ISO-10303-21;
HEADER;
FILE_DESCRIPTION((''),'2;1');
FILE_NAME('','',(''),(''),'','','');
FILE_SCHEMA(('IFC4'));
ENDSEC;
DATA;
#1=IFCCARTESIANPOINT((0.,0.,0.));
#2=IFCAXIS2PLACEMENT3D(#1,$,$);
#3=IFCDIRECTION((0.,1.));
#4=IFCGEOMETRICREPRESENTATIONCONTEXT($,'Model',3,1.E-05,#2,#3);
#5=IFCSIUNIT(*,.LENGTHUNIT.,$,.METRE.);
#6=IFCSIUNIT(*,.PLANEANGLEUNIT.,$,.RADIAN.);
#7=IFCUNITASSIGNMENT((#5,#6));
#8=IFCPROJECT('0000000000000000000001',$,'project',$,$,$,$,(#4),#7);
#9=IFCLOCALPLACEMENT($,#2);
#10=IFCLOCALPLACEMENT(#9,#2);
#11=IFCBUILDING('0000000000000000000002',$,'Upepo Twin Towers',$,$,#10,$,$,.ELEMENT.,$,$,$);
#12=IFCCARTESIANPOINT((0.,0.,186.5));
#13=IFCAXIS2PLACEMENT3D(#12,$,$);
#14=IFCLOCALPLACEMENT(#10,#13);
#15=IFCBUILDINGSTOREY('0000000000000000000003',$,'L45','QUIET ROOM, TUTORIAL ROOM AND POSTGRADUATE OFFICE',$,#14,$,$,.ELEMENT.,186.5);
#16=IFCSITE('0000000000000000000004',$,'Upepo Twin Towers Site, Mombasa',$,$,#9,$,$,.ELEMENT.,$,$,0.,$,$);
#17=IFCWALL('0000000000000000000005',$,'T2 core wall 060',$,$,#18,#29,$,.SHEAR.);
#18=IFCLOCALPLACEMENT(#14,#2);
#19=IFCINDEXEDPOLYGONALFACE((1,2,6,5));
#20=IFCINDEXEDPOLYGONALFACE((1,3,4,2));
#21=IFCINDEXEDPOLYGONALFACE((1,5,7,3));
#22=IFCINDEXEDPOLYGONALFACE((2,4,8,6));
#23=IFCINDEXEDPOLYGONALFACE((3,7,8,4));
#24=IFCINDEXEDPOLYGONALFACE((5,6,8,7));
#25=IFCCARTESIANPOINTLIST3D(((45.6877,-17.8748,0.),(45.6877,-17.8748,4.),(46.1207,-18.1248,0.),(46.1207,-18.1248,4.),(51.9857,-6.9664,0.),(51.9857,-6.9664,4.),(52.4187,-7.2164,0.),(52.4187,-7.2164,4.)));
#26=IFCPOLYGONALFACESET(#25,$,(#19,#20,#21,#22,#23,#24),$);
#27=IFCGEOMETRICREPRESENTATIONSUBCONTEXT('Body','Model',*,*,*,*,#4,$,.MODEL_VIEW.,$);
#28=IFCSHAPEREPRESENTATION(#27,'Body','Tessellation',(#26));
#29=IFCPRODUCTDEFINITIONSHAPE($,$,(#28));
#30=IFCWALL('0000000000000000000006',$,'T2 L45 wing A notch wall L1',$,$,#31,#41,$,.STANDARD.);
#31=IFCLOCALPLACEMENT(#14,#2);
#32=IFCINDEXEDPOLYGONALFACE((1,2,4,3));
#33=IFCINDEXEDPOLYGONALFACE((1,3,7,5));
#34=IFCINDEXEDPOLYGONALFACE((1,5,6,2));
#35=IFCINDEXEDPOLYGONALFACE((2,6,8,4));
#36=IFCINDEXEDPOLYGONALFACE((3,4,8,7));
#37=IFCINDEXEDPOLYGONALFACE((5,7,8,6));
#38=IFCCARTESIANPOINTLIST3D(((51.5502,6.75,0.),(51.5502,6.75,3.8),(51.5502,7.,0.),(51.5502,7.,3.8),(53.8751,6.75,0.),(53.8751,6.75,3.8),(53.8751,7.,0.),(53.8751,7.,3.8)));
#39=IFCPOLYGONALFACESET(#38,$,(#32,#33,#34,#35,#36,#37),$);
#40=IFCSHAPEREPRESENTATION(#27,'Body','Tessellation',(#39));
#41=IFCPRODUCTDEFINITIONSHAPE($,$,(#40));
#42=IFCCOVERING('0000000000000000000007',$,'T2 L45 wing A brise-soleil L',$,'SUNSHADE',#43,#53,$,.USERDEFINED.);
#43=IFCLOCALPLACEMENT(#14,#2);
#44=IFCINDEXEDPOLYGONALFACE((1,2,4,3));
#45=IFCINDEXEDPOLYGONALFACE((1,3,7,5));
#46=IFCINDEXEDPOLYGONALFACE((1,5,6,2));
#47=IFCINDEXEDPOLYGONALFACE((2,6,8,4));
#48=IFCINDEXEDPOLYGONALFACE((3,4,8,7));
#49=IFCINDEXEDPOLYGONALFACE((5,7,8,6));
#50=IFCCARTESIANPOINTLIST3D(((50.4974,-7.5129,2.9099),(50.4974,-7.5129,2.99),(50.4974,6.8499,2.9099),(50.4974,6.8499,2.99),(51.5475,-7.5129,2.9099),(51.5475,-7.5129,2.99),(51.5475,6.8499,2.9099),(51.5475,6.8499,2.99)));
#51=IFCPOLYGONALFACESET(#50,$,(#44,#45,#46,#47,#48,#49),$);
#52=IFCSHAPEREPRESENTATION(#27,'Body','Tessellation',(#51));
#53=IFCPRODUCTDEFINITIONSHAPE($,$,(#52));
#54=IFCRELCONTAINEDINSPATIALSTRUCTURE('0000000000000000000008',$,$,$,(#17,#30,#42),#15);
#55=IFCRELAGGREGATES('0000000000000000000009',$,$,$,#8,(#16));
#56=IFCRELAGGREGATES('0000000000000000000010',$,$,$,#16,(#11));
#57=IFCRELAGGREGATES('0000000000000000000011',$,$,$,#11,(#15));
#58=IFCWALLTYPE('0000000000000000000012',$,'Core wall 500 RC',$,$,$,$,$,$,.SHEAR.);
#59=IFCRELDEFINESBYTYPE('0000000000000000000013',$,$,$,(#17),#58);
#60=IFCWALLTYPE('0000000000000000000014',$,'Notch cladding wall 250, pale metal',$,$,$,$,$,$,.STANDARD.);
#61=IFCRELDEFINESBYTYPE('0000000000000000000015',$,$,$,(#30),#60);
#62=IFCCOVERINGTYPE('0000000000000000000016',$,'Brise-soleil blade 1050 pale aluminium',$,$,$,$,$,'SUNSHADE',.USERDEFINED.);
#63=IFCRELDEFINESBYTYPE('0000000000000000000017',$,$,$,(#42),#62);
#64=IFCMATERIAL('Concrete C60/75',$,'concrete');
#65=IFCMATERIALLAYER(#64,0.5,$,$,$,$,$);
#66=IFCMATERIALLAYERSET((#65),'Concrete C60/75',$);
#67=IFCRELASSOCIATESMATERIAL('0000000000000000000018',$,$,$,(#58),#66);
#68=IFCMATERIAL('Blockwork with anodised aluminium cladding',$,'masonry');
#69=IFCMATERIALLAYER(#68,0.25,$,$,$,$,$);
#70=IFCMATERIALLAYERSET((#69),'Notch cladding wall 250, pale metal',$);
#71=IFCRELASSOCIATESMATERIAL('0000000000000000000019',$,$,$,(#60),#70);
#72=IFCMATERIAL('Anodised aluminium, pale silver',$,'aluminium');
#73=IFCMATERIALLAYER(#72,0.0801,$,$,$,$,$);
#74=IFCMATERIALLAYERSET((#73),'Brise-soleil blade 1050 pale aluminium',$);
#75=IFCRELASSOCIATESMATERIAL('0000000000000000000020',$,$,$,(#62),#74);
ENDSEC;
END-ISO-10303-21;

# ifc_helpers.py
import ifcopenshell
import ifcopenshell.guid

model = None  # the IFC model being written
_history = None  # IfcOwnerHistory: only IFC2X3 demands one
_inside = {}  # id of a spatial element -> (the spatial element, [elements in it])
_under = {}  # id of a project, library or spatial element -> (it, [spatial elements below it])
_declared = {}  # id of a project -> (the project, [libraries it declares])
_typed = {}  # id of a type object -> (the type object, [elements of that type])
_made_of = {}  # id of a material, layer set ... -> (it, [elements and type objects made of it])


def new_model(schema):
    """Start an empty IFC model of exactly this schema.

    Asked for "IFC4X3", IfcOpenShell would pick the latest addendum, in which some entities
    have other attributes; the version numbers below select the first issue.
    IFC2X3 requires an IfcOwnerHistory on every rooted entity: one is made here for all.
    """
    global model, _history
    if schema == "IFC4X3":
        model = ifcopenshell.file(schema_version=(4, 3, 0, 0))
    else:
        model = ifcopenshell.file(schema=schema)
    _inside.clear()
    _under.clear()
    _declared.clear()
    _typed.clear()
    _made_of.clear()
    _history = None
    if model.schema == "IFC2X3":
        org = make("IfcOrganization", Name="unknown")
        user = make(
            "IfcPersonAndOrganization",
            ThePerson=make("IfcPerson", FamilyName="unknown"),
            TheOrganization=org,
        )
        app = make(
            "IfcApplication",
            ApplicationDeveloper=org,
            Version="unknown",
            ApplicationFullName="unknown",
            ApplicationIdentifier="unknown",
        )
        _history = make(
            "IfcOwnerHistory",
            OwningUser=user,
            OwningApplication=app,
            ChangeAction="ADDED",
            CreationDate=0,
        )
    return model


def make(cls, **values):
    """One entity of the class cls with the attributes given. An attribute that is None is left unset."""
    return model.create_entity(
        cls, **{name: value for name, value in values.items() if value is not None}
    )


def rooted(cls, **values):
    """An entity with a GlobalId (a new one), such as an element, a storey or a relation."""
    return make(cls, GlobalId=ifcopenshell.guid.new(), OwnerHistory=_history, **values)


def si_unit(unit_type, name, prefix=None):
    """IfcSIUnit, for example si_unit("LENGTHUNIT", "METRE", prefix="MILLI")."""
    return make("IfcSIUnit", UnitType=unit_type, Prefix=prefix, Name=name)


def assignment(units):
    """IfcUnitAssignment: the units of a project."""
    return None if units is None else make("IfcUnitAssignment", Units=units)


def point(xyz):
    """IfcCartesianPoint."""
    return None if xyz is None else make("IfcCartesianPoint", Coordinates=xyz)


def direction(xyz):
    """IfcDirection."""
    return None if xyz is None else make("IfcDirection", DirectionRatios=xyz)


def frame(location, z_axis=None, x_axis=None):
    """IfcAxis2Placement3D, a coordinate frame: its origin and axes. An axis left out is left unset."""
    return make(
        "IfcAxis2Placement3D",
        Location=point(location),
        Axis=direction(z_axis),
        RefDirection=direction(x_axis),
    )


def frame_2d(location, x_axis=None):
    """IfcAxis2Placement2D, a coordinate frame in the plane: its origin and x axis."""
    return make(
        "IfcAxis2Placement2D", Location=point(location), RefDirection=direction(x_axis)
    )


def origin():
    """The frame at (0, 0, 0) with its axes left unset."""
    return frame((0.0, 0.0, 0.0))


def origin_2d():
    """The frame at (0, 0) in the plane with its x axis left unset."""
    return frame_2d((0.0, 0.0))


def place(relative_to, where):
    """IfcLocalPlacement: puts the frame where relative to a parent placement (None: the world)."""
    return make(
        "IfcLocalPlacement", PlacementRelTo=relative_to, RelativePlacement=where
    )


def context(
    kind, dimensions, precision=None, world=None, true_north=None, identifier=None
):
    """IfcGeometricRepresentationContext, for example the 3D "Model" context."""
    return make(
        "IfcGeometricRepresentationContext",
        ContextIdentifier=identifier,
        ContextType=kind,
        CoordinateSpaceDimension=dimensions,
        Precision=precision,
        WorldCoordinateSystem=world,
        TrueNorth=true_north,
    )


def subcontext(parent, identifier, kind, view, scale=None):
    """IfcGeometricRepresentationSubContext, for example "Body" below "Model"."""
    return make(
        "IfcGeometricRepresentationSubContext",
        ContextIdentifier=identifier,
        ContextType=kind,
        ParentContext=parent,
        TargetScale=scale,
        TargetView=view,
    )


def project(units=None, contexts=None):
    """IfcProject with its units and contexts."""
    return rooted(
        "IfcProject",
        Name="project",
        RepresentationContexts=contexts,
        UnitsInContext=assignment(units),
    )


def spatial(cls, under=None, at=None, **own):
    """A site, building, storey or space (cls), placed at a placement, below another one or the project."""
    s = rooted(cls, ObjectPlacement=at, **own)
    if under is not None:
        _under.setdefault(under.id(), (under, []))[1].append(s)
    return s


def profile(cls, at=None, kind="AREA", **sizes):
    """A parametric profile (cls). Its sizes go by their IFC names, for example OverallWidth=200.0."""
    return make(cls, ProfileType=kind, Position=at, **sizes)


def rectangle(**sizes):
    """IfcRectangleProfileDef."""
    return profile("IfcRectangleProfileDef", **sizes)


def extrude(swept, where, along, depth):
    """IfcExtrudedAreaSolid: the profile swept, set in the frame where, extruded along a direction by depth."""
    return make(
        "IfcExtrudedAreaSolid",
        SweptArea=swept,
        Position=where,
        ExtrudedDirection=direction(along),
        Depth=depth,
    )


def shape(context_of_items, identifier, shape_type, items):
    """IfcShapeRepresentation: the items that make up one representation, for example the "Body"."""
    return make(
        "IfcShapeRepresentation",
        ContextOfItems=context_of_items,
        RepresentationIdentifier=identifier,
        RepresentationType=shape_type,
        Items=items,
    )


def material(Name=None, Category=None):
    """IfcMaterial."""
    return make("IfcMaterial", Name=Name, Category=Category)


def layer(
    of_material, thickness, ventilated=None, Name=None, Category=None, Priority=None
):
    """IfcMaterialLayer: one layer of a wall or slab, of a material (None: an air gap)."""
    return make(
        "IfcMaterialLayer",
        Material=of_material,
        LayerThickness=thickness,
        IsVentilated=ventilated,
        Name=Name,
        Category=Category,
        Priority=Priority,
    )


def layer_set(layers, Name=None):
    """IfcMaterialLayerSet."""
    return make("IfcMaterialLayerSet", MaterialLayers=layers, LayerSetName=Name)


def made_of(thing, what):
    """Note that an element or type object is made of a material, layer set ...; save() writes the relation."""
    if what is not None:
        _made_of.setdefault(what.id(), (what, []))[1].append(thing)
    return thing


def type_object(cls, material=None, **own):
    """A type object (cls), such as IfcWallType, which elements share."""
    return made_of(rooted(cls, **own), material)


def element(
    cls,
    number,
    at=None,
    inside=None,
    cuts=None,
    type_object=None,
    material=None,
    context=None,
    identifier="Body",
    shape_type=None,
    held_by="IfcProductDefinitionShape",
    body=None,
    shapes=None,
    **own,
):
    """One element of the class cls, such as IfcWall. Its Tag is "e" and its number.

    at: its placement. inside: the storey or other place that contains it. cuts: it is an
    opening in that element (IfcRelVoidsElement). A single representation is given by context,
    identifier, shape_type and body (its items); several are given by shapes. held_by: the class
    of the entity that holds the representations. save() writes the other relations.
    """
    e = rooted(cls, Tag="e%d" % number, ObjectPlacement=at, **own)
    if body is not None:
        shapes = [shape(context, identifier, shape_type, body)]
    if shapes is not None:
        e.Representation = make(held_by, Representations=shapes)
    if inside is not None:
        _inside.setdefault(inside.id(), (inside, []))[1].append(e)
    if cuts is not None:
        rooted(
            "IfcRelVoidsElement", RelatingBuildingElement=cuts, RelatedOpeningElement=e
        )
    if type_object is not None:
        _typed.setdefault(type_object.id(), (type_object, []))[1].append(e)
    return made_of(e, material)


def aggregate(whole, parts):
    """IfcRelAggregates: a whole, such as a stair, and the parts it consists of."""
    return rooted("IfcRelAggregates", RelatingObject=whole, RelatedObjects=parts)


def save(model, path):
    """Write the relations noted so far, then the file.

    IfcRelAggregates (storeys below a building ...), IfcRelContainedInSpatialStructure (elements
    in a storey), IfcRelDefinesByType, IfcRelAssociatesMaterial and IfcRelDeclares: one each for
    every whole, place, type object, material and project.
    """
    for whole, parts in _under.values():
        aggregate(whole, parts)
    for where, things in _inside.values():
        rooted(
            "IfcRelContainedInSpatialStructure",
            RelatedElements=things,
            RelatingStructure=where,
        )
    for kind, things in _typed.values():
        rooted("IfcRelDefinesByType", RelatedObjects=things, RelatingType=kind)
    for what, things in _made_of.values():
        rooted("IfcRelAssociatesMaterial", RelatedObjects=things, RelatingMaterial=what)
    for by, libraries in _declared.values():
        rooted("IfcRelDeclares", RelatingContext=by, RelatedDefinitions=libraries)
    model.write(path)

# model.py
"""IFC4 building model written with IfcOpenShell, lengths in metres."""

from ifc_helpers import new_model, si_unit, direction, frame, frame_2d, origin, origin_2d, place, context, subcontext, project, spatial, rectangle, extrude, material, layer, layer_set, type_object, element, save


model = new_model("IFC4")

# Units and contexts
model_context = context("Model", 3, precision=1e-05, world=origin(), true_north=direction((0.0, 1.0)))
body_context = subcontext(model_context, "Body", "Model", "MODEL_VIEW")
ifc_project = project(units=[si_unit("LENGTHUNIT", "METRE"), si_unit("PLANEANGLEUNIT", "RADIAN")], contexts=[model_context])

# Site, building, storey
site_placement = place(None, origin())
site = spatial("IfcSite", under=ifc_project, at=site_placement, Name="Upepo Twin Towers Site, Mombasa", CompositionType="ELEMENT", RefElevation=0.0)
building_placement = place(site_placement, origin())
building = spatial("IfcBuilding", under=site, at=building_placement, Name="Upepo Twin Towers", CompositionType="ELEMENT")
storey_placement = place(building_placement, frame((0.0, 0.0, 186.5)))
storey = spatial("IfcBuildingStorey", under=building, at=storey_placement, Name="L45", Description="QUIET ROOM, TUTORIAL ROOM AND POSTGRADUATE OFFICE", CompositionType="ELEMENT", Elevation=186.5)

# Walls
ifc_material_1 = material(Name="Concrete C60/75", Category="concrete")
ifc_layer_1 = layer(ifc_material_1, 0.5)
ifc_layer_set_1 = layer_set([ifc_layer_1], Name="Concrete C60/75")
wall_type_1 = type_object("IfcWallType", Name="Core wall 500 RC", PredefinedType="SHEAR", material=ifc_layer_set_1)
wall_1_placement = place(storey_placement, frame((52.2021, -7.0916, 0.0), z_axis=(0.0, 0.0, 1.0), x_axis=(-0.500006, -0.866022, 0.0)))
element("IfcWall", 1, at=wall_1_placement, inside=storey, type_object=wall_type_1, Name="T2 core wall 060", PredefinedType="SHEAR", context=body_context, shape_type="SweptSolid", body=[
    extrude(rectangle(XDim=12.5959, YDim=0.5, at=frame_2d((6.2979, 0.0))), origin(), (0.0, 0.0, 1.0), 4.0),
])
ifc_material_2 = material(Name="Blockwork with anodised aluminium cladding", Category="masonry")
ifc_layer_2 = layer(ifc_material_2, 0.25)
ifc_layer_set_2 = layer_set([ifc_layer_2], Name="Notch cladding wall 250, pale metal")
wall_type_2 = type_object("IfcWallType", Name="Notch cladding wall 250, pale metal", PredefinedType="STANDARD", material=ifc_layer_set_2)
wall_2_placement = place(storey_placement, frame((51.55, 6.875, 0.0), z_axis=(0.0, 0.0, 1.0), x_axis=(1.0, 0.0, 0.0)))
element("IfcWall", 2, at=wall_2_placement, inside=storey, type_object=wall_type_2, Name="T2 L45 wing A notch wall L1", PredefinedType="STANDARD", context=body_context, shape_type="SweptSolid", body=[
    extrude(rectangle(XDim=2.325, YDim=0.25, at=frame_2d((1.1626, 0.0))), origin(), (0.0, 0.0, 1.0), 3.8),
])

# Covering
ifc_material_3 = material(Name="Anodised aluminium, pale silver", Category="aluminium")
ifc_layer_3 = layer(ifc_material_3, 0.0801)
ifc_layer_set_3 = layer_set([ifc_layer_3], Name="Brise-soleil blade 1050 pale aluminium")
covering_type = type_object("IfcCoveringType", Name="Brise-soleil blade 1050 pale aluminium", ElementType="SUNSHADE", PredefinedType="USERDEFINED", material=ifc_layer_set_3)
covering_placement = place(storey_placement, frame((51.0225, -0.3315, 2.9099), z_axis=(0.0, 0.0, 1.0), x_axis=(0.0, 1.0, 0.0)))
element("IfcCovering", 3, at=covering_placement, inside=storey, type_object=covering_type, Name="T2 L45 wing A brise-soleil L", ObjectType="SUNSHADE", PredefinedType="USERDEFINED", context=body_context, shape_type="SweptSolid", body=[
    extrude(rectangle(XDim=14.3628, YDim=1.05, at=origin_2d()), origin(), (0.0, 0.0, 1.0), 0.0801),
])

save(model, "model.ifc")
